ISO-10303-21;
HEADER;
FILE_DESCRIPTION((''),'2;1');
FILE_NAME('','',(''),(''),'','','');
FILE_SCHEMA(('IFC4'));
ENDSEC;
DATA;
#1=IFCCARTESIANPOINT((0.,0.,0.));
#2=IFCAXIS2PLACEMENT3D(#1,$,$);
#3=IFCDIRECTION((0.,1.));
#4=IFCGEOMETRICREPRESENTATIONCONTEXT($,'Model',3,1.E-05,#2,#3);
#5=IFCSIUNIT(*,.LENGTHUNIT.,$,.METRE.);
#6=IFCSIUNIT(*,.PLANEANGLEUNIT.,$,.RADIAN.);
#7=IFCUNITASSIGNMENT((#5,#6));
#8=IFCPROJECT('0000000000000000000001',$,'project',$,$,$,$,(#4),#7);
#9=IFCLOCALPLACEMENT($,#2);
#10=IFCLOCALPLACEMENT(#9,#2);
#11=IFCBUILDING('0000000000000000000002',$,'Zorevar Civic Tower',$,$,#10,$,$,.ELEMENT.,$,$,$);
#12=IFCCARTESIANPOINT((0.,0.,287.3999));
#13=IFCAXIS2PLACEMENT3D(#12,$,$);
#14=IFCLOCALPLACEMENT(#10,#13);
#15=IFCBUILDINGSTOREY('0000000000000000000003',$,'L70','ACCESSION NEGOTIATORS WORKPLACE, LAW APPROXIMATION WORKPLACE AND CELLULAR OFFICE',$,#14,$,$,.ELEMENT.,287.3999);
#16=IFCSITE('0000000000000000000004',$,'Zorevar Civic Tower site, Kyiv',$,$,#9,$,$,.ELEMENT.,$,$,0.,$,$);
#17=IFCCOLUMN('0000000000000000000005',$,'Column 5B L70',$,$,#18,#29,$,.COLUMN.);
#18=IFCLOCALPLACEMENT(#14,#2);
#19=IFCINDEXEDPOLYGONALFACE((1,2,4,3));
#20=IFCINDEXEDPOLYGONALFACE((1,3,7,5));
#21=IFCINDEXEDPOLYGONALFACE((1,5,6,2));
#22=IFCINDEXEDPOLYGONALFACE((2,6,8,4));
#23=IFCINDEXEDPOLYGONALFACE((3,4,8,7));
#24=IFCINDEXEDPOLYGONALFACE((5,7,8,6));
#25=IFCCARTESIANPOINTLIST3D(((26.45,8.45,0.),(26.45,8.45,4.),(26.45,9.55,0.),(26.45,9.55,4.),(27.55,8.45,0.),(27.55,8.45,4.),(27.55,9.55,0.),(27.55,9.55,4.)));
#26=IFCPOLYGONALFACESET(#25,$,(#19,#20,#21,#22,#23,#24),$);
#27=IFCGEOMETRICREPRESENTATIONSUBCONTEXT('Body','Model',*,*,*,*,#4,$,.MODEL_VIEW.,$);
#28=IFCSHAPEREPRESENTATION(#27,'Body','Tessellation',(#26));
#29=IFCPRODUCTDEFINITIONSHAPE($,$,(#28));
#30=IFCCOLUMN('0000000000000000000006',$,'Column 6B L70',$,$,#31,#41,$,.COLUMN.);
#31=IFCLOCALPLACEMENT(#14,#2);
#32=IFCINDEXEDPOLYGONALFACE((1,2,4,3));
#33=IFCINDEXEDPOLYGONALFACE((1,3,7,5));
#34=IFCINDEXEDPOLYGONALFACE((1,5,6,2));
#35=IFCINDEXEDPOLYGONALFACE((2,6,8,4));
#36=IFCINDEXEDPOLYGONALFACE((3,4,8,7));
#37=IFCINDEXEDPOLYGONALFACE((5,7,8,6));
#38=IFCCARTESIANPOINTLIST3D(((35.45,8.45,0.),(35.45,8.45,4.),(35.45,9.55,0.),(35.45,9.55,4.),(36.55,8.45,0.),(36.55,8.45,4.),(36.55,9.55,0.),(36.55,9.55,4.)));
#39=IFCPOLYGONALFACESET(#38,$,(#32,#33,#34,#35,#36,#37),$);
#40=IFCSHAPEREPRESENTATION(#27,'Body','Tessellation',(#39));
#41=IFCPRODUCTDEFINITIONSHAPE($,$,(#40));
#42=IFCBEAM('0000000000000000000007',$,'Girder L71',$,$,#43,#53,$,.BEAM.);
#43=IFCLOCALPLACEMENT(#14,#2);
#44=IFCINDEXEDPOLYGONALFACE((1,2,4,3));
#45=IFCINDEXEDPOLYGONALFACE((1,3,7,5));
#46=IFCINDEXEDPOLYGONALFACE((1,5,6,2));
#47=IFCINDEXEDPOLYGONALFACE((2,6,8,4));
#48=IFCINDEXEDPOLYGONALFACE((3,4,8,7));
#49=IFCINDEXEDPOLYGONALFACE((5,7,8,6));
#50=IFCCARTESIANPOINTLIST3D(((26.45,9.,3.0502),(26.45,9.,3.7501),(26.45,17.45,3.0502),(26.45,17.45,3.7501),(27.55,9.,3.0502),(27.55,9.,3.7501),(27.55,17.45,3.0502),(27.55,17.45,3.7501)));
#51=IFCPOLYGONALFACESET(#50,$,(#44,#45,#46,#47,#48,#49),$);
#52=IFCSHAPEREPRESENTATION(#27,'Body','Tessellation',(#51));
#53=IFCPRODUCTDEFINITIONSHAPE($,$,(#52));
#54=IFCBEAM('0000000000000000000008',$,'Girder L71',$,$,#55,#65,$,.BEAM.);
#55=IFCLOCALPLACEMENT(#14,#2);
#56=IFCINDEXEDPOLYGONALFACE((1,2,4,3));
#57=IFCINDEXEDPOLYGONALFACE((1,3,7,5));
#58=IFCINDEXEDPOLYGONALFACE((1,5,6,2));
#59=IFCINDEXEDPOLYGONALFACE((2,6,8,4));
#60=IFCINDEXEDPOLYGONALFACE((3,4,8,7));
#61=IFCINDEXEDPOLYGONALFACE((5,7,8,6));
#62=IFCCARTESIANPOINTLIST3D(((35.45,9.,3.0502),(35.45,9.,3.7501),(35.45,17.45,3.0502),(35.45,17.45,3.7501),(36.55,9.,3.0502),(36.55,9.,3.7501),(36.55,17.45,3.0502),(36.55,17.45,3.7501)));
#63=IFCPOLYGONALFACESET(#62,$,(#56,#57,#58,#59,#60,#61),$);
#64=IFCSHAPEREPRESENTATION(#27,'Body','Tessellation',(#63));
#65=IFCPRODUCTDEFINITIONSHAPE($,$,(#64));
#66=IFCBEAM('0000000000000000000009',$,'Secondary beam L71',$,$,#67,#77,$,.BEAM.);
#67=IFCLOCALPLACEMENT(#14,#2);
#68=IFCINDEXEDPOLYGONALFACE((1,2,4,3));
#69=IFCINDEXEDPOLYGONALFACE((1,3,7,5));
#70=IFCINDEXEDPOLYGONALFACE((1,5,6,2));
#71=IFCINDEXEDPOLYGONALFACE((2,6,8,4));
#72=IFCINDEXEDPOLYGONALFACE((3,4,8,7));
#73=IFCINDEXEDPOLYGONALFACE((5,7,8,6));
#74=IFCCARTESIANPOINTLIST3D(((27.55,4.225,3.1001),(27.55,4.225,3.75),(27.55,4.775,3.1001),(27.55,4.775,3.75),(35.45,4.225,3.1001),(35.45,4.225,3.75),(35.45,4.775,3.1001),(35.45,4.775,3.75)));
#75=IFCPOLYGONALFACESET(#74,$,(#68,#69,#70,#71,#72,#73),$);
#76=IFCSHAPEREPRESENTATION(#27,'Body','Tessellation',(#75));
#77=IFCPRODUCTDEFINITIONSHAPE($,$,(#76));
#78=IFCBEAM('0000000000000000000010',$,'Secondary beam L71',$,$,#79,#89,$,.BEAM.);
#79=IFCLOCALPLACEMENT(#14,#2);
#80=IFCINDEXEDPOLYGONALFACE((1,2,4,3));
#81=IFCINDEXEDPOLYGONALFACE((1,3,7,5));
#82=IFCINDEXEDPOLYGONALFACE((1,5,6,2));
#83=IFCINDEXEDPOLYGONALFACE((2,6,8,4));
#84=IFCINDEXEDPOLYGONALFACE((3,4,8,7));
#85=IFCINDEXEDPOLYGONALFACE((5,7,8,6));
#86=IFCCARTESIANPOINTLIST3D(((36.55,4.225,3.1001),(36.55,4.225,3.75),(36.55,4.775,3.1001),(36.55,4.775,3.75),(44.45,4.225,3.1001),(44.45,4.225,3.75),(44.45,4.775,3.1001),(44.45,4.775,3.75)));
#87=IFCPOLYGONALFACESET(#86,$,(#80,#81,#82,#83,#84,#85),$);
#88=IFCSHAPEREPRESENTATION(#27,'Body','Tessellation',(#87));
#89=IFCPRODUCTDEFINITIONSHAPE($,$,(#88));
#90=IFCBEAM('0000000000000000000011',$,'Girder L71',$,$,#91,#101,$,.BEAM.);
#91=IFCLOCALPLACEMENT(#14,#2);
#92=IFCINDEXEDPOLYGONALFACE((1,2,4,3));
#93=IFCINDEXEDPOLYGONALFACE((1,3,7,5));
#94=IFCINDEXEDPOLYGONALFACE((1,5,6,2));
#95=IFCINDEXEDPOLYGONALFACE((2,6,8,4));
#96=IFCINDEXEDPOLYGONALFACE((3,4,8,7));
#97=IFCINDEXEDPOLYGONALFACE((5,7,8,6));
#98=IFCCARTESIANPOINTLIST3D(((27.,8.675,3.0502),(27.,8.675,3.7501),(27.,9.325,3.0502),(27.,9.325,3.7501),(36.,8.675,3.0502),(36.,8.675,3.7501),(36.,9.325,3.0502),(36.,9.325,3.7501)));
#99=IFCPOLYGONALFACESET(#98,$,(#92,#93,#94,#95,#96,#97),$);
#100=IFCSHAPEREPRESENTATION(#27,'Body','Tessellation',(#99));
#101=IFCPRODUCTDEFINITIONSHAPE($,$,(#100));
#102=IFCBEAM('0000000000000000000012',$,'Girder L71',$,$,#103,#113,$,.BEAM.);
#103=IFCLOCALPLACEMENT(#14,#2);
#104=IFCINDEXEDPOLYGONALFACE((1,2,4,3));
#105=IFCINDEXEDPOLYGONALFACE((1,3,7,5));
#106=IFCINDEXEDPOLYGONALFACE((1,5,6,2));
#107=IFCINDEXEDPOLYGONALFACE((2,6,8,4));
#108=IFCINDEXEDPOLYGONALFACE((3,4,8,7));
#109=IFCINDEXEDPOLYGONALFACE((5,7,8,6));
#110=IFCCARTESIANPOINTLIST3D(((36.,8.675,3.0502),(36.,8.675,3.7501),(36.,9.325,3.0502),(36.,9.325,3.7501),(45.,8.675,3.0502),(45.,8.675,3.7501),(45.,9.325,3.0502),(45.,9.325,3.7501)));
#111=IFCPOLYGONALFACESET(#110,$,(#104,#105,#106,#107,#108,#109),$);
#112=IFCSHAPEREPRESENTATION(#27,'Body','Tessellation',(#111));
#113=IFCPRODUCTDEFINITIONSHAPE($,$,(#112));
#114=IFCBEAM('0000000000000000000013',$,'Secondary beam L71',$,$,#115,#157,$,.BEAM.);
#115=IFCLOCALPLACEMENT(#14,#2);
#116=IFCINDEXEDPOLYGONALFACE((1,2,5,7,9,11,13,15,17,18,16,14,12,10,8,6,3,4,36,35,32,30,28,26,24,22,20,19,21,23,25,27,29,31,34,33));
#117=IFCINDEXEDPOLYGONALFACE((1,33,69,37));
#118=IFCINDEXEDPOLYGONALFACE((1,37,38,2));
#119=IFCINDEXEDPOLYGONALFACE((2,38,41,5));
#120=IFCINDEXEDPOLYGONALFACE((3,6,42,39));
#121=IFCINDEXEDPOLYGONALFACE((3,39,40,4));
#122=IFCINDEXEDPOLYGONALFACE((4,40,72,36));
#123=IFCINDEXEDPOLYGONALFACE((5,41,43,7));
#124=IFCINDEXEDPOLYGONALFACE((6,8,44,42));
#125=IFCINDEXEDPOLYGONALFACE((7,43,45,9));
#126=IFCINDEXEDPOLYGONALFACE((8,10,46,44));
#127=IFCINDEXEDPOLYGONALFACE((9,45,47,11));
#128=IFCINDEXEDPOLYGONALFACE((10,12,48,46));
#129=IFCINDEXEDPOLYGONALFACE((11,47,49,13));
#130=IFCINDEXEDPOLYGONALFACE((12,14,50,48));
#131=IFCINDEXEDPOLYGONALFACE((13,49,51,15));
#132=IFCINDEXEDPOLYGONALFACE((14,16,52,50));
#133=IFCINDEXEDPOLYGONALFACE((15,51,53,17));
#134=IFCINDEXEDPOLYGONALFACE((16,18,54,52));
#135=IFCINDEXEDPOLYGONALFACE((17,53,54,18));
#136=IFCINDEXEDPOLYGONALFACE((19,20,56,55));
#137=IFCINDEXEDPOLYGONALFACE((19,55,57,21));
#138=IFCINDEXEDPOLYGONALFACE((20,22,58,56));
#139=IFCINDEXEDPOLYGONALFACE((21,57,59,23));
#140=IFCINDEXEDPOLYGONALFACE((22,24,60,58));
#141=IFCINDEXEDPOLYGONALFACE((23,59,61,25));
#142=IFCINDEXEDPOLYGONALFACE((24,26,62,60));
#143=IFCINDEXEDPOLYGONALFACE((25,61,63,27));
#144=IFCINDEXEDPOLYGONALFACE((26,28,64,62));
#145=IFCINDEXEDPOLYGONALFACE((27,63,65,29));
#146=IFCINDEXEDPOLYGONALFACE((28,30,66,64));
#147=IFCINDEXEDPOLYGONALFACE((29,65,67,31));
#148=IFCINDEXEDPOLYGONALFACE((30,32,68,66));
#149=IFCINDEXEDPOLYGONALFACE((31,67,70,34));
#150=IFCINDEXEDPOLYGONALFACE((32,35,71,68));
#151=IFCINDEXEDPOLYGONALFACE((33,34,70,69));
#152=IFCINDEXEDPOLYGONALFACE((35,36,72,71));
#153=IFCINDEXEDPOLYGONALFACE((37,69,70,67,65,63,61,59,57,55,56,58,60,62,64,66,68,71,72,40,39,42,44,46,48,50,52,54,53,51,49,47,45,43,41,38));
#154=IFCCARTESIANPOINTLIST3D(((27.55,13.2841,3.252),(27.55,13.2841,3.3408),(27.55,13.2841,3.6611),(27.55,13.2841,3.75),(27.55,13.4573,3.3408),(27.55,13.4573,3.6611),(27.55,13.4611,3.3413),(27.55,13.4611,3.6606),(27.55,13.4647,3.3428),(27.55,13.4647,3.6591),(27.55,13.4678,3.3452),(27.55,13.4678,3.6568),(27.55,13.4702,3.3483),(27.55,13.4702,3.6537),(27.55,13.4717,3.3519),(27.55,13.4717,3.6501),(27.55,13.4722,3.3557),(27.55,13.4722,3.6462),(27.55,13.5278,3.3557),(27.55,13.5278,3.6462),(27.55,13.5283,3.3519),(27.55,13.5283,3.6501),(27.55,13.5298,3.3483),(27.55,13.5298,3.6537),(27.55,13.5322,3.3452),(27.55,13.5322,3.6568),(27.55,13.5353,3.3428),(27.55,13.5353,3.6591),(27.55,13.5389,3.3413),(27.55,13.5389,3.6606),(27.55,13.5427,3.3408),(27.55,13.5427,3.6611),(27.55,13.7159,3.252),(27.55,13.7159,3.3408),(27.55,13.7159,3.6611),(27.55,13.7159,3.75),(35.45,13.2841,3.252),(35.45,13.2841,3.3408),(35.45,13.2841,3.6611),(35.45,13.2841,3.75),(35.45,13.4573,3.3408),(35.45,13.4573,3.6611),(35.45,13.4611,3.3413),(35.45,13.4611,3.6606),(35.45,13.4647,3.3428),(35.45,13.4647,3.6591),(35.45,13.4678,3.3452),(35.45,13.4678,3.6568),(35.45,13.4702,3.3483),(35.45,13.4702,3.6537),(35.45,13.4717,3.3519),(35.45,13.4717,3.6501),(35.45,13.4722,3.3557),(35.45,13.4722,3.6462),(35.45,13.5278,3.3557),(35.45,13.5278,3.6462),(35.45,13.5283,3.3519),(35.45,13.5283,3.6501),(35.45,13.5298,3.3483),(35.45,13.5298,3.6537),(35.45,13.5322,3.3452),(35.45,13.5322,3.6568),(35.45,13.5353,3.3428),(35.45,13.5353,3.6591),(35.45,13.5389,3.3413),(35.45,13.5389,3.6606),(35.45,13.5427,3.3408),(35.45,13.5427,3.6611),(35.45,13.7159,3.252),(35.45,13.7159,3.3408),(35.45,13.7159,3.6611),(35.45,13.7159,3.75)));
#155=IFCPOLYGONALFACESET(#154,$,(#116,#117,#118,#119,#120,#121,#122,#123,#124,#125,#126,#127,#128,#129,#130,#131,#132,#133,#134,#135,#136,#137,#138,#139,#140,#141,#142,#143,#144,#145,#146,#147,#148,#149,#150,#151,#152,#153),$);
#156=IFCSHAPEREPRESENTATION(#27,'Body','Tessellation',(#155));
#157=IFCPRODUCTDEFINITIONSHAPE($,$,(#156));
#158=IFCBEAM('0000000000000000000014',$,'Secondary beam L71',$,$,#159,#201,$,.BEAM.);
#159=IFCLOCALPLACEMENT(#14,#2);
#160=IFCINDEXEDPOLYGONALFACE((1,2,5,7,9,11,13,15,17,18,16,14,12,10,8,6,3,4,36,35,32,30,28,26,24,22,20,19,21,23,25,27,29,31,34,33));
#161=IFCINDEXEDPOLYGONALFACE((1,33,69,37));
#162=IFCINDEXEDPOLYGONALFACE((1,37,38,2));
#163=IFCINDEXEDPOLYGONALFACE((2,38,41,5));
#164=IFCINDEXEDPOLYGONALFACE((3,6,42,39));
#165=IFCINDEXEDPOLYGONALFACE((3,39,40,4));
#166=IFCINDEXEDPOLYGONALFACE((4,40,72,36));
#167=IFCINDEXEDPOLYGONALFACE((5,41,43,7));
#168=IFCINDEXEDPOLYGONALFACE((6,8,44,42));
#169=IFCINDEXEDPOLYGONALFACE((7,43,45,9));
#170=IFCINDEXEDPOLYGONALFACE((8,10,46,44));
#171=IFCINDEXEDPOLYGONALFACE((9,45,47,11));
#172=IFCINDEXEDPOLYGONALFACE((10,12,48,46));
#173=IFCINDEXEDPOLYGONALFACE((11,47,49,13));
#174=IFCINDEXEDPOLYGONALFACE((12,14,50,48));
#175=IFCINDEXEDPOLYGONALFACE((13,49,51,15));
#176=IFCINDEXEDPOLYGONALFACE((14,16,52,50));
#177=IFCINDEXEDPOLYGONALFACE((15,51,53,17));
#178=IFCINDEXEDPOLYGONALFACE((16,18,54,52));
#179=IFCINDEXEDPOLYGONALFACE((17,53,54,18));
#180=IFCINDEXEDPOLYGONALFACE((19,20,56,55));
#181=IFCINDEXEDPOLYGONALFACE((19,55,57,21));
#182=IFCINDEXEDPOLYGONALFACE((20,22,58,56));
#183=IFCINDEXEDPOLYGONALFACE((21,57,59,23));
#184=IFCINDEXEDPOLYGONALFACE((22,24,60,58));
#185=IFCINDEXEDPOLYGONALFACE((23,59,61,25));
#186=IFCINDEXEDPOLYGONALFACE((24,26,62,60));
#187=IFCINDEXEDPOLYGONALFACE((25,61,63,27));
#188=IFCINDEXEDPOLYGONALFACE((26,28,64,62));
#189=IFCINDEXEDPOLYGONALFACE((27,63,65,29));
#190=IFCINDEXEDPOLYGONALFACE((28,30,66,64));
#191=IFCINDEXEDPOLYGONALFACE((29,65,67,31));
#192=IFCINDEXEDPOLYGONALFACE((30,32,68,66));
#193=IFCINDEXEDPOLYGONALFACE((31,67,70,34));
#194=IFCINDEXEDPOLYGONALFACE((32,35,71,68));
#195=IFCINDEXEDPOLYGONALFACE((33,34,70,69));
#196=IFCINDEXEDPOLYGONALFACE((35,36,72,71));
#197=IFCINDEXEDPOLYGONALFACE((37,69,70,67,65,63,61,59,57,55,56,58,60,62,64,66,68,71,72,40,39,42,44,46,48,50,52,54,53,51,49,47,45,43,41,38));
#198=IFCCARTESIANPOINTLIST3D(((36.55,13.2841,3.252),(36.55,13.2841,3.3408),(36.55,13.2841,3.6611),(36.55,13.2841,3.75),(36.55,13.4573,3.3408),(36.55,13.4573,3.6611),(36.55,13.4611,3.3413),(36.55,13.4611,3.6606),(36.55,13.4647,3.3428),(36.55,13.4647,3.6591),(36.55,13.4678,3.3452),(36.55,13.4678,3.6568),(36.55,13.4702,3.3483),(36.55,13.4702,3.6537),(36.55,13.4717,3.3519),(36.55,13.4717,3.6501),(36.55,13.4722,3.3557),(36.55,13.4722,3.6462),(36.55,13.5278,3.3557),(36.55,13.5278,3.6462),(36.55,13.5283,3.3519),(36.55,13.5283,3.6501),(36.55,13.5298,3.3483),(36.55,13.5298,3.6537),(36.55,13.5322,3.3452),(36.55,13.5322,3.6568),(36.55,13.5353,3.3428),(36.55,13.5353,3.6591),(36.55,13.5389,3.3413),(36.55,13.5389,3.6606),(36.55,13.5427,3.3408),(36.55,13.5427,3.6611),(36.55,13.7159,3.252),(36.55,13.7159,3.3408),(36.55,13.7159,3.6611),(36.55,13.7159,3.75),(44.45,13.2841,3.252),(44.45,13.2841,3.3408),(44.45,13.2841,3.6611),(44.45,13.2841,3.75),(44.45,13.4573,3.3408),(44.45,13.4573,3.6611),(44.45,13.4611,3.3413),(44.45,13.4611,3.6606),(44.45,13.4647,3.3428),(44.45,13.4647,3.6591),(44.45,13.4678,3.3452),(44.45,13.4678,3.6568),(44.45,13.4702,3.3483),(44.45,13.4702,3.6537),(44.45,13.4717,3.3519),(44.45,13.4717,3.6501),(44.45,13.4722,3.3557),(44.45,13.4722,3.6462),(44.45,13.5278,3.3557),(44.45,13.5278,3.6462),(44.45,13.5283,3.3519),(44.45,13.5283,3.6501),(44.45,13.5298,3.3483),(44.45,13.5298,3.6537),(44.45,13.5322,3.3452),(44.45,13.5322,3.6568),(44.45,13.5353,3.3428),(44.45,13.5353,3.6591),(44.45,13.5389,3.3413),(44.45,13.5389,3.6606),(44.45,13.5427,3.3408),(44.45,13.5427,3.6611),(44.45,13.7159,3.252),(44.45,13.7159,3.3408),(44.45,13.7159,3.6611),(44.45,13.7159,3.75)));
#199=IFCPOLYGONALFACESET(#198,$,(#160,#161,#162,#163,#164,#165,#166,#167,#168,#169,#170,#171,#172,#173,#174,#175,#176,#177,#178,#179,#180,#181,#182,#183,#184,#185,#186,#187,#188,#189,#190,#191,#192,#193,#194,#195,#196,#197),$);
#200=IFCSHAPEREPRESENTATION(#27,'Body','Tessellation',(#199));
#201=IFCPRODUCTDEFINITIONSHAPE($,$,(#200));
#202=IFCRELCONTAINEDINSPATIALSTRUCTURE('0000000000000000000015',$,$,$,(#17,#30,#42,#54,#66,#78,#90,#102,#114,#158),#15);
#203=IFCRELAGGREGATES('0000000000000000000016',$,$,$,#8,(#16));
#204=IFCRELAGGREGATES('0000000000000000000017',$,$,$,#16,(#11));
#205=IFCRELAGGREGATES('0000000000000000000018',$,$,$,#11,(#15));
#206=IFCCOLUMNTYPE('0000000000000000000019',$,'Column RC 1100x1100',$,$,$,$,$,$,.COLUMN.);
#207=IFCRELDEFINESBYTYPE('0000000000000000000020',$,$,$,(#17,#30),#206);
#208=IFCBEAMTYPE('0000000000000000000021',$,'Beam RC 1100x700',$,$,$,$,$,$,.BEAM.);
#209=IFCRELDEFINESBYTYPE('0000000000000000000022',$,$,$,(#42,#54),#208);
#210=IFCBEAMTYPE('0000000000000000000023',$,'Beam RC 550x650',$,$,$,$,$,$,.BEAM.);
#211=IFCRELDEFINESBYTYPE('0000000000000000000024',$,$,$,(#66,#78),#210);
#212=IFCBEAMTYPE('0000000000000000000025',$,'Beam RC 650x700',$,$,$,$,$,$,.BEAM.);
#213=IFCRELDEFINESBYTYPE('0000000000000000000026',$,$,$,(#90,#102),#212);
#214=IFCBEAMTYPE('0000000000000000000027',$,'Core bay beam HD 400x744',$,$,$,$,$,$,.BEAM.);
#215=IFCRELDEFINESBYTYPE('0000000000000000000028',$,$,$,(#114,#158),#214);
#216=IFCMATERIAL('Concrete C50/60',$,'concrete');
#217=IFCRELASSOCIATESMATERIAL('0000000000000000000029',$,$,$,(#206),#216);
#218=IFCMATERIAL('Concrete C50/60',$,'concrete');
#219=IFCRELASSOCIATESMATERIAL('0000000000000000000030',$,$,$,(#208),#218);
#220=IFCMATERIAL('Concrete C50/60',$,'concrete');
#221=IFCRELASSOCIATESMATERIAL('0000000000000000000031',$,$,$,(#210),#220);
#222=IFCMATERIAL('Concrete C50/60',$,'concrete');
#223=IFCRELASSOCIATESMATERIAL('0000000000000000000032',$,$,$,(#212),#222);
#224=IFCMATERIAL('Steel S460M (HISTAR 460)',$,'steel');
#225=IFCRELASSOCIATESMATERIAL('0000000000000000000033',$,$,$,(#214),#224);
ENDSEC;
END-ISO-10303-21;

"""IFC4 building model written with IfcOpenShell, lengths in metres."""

from ifc_helpers import new_model, si_unit, direction, frame, origin, origin_2d, place, context, subcontext, project, spatial, rectangle, i_section, extrude, material, material_profile, profile_set, type_object, element, save


model = new_model("IFC4")

# Units and contexts
model_context = context("Model", 3, precision=1e-05, world=origin(), true_north=direction((0.0, 1.0)))
body_context = subcontext(model_context, "Body", "Model", "MODEL_VIEW")
ifc_project = project(units=[si_unit("LENGTHUNIT", "METRE"), si_unit("PLANEANGLEUNIT", "RADIAN")], contexts=[model_context])

# Site, building, storey
site_placement = place(None, origin())
site = spatial("IfcSite", under=ifc_project, at=site_placement, Name="Zorevar Civic Tower site, Kyiv", CompositionType="ELEMENT", RefElevation=0.0)
building_placement = place(site_placement, origin())
building = spatial("IfcBuilding", under=site, at=building_placement, Name="Zorevar Civic Tower", CompositionType="ELEMENT")
storey_placement = place(building_placement, frame((0.0, 0.0, 287.3999)))
storey = spatial("IfcBuildingStorey", under=building, at=storey_placement, Name="L70", Description="ACCESSION NEGOTIATORS WORKPLACE, LAW APPROXIMATION WORKPLACE AND CELLULAR OFFICE", CompositionType="ELEMENT", Elevation=287.3999)

# Columns
ifc_material_1 = material(Name="Concrete C50/60", Category="concrete")
ifc_material_profile_1 = material_profile(ifc_material_1, rectangle(XDim=1.1001, YDim=1.1001, at=origin_2d()), Name="RC 1100x1100")
ifc_profile_set_1 = profile_set([ifc_material_profile_1], Name="Concrete C50/60")
column_type = type_object("IfcColumnType", Name="Column RC 1100x1100", PredefinedType="COLUMN", material=ifc_profile_set_1)
for number, where, z_axis, x_axis, name in (
    (1, (27.0, 9.0, 0.0), (0.0, 0.0, 1.0), (1.0, 0.0, 0.0), "Column 5B L70"),
    (2, (36.0, 9.0, 0.0), (0.0, 0.0, 1.0), (1.0, 0.0, 0.0), "Column 6B L70"),
):
    element("IfcColumn", number, at=place(storey_placement, frame(where, z_axis=z_axis, x_axis=x_axis)), inside=storey, type_object=column_type, Name=name, PredefinedType="COLUMN", context=body_context, shape_type="SweptSolid", body=[
        extrude(rectangle(XDim=1.1001, YDim=1.1001, at=origin_2d()), origin(), (0.0, 0.0, 1.0), 4.0),
    ])

# Beams
ifc_material_2 = material(Name="Concrete C50/60", Category="concrete")
ifc_material_profile_2 = material_profile(ifc_material_2, rectangle(XDim=1.1001, YDim=0.7, at=origin_2d()), Name="RC 1100x700")
ifc_profile_set_2 = profile_set([ifc_material_profile_2], Name="Concrete C50/60")
beam_type_1 = type_object("IfcBeamType", Name="Beam RC 1100x700", PredefinedType="BEAM", material=ifc_profile_set_2)
for number, where, z_axis, x_axis, name in (
    (3, (27.0, 9.0, 3.4001), (0.0, 1.0, 0.0), (-1.0, 0.0, 0.0), "Girder L71"),
    (4, (36.0, 9.0, 3.4001), (0.0, 1.0, 0.0), (-1.0, 0.0, 0.0), "Girder L71"),
):
    element("IfcBeam", number, at=place(storey_placement, frame(where, z_axis=z_axis, x_axis=x_axis)), inside=storey, type_object=beam_type_1, Name=name, PredefinedType="BEAM", context=body_context, shape_type="SweptSolid", body=[
        extrude(rectangle(XDim=1.1001, YDim=0.7, at=origin_2d()), origin(), (0.0, 0.0, 1.0), 8.45),
    ])
ifc_material_3 = material(Name="Concrete C50/60", Category="concrete")
ifc_material_profile_3 = material_profile(ifc_material_3, rectangle(XDim=0.55, YDim=0.6499, at=origin_2d()), Name="RC 550x650")
ifc_profile_set_3 = profile_set([ifc_material_profile_3], Name="Concrete C50/60")
beam_type_2 = type_object("IfcBeamType", Name="Beam RC 550x650", PredefinedType="BEAM", material=ifc_profile_set_3)
for number, where, z_axis, x_axis, name in (
    (5, (27.55, 4.5, 3.425), (1.0, 0.0, 0.0), (0.0, 1.0, 0.0), "Secondary beam L71"),
    (6, (36.55, 4.5, 3.425), (1.0, 0.0, 0.0), (0.0, 1.0, 0.0), "Secondary beam L71"),
):
    element("IfcBeam", number, at=place(storey_placement, frame(where, z_axis=z_axis, x_axis=x_axis)), inside=storey, type_object=beam_type_2, Name=name, PredefinedType="BEAM", context=body_context, shape_type="SweptSolid", body=[
        extrude(rectangle(XDim=0.55, YDim=0.6499, at=origin_2d()), origin(), (0.0, 0.0, 1.0), 7.8999),
    ])
ifc_material_4 = material(Name="Concrete C50/60", Category="concrete")
ifc_material_profile_4 = material_profile(ifc_material_4, rectangle(XDim=0.6499, YDim=0.7, at=origin_2d()), Name="RC 650x700")
ifc_profile_set_4 = profile_set([ifc_material_profile_4], Name="Concrete C50/60")
beam_type_3 = type_object("IfcBeamType", Name="Beam RC 650x700", PredefinedType="BEAM", material=ifc_profile_set_4)
for number, where, z_axis, x_axis, name in (
    (7, (27.0, 9.0, 3.4001), (1.0, 0.0, 0.0), (0.0, 1.0, 0.0), "Girder L71"),
    (8, (36.0, 9.0, 3.4001), (1.0, 0.0, 0.0), (0.0, 1.0, 0.0), "Girder L71"),
):
    element("IfcBeam", number, at=place(storey_placement, frame(where, z_axis=z_axis, x_axis=x_axis)), inside=storey, type_object=beam_type_3, Name=name, PredefinedType="BEAM", context=body_context, shape_type="SweptSolid", body=[
        extrude(rectangle(XDim=0.6499, YDim=0.7, at=origin_2d()), origin(), (0.0, 0.0, 1.0), 9.0),
    ])
ifc_material_5 = material(Name="Steel S460M (HISTAR 460)", Category="steel")
ifc_material_profile_5 = material_profile(ifc_material_5, i_section(OverallWidth=0.4319, OverallDepth=0.498, WebThickness=0.0557, FlangeThickness=0.0889, FilletRadius=0.0149, at=origin_2d()), Name="HD 400x744")
ifc_profile_set_5 = profile_set([ifc_material_profile_5], Name="Steel S460M (HISTAR 460)")
beam_type_4 = type_object("IfcBeamType", Name="Core bay beam HD 400x744", PredefinedType="BEAM", material=ifc_profile_set_5)
for number, where, z_axis, x_axis, name in (
    (9, (27.55, 13.5, 3.501), (1.0, 0.0, 0.0), (0.0, 1.0, 0.0), "Secondary beam L71"),
    (10, (36.55, 13.5, 3.501), (1.0, 0.0, 0.0), (0.0, 1.0, 0.0), "Secondary beam L71"),
):
    element("IfcBeam", number, at=place(storey_placement, frame(where, z_axis=z_axis, x_axis=x_axis)), inside=storey, type_object=beam_type_4, Name=name, PredefinedType="BEAM", context=body_context, shape_type="SweptSolid", body=[
        extrude(i_section(OverallWidth=0.4319, OverallDepth=0.498, WebThickness=0.0557, FlangeThickness=0.0889, FilletRadius=0.0149, at=origin_2d()), origin(), (0.0, 0.0, 1.0), 7.8999),
    ])

save(model, "model.ifc")
